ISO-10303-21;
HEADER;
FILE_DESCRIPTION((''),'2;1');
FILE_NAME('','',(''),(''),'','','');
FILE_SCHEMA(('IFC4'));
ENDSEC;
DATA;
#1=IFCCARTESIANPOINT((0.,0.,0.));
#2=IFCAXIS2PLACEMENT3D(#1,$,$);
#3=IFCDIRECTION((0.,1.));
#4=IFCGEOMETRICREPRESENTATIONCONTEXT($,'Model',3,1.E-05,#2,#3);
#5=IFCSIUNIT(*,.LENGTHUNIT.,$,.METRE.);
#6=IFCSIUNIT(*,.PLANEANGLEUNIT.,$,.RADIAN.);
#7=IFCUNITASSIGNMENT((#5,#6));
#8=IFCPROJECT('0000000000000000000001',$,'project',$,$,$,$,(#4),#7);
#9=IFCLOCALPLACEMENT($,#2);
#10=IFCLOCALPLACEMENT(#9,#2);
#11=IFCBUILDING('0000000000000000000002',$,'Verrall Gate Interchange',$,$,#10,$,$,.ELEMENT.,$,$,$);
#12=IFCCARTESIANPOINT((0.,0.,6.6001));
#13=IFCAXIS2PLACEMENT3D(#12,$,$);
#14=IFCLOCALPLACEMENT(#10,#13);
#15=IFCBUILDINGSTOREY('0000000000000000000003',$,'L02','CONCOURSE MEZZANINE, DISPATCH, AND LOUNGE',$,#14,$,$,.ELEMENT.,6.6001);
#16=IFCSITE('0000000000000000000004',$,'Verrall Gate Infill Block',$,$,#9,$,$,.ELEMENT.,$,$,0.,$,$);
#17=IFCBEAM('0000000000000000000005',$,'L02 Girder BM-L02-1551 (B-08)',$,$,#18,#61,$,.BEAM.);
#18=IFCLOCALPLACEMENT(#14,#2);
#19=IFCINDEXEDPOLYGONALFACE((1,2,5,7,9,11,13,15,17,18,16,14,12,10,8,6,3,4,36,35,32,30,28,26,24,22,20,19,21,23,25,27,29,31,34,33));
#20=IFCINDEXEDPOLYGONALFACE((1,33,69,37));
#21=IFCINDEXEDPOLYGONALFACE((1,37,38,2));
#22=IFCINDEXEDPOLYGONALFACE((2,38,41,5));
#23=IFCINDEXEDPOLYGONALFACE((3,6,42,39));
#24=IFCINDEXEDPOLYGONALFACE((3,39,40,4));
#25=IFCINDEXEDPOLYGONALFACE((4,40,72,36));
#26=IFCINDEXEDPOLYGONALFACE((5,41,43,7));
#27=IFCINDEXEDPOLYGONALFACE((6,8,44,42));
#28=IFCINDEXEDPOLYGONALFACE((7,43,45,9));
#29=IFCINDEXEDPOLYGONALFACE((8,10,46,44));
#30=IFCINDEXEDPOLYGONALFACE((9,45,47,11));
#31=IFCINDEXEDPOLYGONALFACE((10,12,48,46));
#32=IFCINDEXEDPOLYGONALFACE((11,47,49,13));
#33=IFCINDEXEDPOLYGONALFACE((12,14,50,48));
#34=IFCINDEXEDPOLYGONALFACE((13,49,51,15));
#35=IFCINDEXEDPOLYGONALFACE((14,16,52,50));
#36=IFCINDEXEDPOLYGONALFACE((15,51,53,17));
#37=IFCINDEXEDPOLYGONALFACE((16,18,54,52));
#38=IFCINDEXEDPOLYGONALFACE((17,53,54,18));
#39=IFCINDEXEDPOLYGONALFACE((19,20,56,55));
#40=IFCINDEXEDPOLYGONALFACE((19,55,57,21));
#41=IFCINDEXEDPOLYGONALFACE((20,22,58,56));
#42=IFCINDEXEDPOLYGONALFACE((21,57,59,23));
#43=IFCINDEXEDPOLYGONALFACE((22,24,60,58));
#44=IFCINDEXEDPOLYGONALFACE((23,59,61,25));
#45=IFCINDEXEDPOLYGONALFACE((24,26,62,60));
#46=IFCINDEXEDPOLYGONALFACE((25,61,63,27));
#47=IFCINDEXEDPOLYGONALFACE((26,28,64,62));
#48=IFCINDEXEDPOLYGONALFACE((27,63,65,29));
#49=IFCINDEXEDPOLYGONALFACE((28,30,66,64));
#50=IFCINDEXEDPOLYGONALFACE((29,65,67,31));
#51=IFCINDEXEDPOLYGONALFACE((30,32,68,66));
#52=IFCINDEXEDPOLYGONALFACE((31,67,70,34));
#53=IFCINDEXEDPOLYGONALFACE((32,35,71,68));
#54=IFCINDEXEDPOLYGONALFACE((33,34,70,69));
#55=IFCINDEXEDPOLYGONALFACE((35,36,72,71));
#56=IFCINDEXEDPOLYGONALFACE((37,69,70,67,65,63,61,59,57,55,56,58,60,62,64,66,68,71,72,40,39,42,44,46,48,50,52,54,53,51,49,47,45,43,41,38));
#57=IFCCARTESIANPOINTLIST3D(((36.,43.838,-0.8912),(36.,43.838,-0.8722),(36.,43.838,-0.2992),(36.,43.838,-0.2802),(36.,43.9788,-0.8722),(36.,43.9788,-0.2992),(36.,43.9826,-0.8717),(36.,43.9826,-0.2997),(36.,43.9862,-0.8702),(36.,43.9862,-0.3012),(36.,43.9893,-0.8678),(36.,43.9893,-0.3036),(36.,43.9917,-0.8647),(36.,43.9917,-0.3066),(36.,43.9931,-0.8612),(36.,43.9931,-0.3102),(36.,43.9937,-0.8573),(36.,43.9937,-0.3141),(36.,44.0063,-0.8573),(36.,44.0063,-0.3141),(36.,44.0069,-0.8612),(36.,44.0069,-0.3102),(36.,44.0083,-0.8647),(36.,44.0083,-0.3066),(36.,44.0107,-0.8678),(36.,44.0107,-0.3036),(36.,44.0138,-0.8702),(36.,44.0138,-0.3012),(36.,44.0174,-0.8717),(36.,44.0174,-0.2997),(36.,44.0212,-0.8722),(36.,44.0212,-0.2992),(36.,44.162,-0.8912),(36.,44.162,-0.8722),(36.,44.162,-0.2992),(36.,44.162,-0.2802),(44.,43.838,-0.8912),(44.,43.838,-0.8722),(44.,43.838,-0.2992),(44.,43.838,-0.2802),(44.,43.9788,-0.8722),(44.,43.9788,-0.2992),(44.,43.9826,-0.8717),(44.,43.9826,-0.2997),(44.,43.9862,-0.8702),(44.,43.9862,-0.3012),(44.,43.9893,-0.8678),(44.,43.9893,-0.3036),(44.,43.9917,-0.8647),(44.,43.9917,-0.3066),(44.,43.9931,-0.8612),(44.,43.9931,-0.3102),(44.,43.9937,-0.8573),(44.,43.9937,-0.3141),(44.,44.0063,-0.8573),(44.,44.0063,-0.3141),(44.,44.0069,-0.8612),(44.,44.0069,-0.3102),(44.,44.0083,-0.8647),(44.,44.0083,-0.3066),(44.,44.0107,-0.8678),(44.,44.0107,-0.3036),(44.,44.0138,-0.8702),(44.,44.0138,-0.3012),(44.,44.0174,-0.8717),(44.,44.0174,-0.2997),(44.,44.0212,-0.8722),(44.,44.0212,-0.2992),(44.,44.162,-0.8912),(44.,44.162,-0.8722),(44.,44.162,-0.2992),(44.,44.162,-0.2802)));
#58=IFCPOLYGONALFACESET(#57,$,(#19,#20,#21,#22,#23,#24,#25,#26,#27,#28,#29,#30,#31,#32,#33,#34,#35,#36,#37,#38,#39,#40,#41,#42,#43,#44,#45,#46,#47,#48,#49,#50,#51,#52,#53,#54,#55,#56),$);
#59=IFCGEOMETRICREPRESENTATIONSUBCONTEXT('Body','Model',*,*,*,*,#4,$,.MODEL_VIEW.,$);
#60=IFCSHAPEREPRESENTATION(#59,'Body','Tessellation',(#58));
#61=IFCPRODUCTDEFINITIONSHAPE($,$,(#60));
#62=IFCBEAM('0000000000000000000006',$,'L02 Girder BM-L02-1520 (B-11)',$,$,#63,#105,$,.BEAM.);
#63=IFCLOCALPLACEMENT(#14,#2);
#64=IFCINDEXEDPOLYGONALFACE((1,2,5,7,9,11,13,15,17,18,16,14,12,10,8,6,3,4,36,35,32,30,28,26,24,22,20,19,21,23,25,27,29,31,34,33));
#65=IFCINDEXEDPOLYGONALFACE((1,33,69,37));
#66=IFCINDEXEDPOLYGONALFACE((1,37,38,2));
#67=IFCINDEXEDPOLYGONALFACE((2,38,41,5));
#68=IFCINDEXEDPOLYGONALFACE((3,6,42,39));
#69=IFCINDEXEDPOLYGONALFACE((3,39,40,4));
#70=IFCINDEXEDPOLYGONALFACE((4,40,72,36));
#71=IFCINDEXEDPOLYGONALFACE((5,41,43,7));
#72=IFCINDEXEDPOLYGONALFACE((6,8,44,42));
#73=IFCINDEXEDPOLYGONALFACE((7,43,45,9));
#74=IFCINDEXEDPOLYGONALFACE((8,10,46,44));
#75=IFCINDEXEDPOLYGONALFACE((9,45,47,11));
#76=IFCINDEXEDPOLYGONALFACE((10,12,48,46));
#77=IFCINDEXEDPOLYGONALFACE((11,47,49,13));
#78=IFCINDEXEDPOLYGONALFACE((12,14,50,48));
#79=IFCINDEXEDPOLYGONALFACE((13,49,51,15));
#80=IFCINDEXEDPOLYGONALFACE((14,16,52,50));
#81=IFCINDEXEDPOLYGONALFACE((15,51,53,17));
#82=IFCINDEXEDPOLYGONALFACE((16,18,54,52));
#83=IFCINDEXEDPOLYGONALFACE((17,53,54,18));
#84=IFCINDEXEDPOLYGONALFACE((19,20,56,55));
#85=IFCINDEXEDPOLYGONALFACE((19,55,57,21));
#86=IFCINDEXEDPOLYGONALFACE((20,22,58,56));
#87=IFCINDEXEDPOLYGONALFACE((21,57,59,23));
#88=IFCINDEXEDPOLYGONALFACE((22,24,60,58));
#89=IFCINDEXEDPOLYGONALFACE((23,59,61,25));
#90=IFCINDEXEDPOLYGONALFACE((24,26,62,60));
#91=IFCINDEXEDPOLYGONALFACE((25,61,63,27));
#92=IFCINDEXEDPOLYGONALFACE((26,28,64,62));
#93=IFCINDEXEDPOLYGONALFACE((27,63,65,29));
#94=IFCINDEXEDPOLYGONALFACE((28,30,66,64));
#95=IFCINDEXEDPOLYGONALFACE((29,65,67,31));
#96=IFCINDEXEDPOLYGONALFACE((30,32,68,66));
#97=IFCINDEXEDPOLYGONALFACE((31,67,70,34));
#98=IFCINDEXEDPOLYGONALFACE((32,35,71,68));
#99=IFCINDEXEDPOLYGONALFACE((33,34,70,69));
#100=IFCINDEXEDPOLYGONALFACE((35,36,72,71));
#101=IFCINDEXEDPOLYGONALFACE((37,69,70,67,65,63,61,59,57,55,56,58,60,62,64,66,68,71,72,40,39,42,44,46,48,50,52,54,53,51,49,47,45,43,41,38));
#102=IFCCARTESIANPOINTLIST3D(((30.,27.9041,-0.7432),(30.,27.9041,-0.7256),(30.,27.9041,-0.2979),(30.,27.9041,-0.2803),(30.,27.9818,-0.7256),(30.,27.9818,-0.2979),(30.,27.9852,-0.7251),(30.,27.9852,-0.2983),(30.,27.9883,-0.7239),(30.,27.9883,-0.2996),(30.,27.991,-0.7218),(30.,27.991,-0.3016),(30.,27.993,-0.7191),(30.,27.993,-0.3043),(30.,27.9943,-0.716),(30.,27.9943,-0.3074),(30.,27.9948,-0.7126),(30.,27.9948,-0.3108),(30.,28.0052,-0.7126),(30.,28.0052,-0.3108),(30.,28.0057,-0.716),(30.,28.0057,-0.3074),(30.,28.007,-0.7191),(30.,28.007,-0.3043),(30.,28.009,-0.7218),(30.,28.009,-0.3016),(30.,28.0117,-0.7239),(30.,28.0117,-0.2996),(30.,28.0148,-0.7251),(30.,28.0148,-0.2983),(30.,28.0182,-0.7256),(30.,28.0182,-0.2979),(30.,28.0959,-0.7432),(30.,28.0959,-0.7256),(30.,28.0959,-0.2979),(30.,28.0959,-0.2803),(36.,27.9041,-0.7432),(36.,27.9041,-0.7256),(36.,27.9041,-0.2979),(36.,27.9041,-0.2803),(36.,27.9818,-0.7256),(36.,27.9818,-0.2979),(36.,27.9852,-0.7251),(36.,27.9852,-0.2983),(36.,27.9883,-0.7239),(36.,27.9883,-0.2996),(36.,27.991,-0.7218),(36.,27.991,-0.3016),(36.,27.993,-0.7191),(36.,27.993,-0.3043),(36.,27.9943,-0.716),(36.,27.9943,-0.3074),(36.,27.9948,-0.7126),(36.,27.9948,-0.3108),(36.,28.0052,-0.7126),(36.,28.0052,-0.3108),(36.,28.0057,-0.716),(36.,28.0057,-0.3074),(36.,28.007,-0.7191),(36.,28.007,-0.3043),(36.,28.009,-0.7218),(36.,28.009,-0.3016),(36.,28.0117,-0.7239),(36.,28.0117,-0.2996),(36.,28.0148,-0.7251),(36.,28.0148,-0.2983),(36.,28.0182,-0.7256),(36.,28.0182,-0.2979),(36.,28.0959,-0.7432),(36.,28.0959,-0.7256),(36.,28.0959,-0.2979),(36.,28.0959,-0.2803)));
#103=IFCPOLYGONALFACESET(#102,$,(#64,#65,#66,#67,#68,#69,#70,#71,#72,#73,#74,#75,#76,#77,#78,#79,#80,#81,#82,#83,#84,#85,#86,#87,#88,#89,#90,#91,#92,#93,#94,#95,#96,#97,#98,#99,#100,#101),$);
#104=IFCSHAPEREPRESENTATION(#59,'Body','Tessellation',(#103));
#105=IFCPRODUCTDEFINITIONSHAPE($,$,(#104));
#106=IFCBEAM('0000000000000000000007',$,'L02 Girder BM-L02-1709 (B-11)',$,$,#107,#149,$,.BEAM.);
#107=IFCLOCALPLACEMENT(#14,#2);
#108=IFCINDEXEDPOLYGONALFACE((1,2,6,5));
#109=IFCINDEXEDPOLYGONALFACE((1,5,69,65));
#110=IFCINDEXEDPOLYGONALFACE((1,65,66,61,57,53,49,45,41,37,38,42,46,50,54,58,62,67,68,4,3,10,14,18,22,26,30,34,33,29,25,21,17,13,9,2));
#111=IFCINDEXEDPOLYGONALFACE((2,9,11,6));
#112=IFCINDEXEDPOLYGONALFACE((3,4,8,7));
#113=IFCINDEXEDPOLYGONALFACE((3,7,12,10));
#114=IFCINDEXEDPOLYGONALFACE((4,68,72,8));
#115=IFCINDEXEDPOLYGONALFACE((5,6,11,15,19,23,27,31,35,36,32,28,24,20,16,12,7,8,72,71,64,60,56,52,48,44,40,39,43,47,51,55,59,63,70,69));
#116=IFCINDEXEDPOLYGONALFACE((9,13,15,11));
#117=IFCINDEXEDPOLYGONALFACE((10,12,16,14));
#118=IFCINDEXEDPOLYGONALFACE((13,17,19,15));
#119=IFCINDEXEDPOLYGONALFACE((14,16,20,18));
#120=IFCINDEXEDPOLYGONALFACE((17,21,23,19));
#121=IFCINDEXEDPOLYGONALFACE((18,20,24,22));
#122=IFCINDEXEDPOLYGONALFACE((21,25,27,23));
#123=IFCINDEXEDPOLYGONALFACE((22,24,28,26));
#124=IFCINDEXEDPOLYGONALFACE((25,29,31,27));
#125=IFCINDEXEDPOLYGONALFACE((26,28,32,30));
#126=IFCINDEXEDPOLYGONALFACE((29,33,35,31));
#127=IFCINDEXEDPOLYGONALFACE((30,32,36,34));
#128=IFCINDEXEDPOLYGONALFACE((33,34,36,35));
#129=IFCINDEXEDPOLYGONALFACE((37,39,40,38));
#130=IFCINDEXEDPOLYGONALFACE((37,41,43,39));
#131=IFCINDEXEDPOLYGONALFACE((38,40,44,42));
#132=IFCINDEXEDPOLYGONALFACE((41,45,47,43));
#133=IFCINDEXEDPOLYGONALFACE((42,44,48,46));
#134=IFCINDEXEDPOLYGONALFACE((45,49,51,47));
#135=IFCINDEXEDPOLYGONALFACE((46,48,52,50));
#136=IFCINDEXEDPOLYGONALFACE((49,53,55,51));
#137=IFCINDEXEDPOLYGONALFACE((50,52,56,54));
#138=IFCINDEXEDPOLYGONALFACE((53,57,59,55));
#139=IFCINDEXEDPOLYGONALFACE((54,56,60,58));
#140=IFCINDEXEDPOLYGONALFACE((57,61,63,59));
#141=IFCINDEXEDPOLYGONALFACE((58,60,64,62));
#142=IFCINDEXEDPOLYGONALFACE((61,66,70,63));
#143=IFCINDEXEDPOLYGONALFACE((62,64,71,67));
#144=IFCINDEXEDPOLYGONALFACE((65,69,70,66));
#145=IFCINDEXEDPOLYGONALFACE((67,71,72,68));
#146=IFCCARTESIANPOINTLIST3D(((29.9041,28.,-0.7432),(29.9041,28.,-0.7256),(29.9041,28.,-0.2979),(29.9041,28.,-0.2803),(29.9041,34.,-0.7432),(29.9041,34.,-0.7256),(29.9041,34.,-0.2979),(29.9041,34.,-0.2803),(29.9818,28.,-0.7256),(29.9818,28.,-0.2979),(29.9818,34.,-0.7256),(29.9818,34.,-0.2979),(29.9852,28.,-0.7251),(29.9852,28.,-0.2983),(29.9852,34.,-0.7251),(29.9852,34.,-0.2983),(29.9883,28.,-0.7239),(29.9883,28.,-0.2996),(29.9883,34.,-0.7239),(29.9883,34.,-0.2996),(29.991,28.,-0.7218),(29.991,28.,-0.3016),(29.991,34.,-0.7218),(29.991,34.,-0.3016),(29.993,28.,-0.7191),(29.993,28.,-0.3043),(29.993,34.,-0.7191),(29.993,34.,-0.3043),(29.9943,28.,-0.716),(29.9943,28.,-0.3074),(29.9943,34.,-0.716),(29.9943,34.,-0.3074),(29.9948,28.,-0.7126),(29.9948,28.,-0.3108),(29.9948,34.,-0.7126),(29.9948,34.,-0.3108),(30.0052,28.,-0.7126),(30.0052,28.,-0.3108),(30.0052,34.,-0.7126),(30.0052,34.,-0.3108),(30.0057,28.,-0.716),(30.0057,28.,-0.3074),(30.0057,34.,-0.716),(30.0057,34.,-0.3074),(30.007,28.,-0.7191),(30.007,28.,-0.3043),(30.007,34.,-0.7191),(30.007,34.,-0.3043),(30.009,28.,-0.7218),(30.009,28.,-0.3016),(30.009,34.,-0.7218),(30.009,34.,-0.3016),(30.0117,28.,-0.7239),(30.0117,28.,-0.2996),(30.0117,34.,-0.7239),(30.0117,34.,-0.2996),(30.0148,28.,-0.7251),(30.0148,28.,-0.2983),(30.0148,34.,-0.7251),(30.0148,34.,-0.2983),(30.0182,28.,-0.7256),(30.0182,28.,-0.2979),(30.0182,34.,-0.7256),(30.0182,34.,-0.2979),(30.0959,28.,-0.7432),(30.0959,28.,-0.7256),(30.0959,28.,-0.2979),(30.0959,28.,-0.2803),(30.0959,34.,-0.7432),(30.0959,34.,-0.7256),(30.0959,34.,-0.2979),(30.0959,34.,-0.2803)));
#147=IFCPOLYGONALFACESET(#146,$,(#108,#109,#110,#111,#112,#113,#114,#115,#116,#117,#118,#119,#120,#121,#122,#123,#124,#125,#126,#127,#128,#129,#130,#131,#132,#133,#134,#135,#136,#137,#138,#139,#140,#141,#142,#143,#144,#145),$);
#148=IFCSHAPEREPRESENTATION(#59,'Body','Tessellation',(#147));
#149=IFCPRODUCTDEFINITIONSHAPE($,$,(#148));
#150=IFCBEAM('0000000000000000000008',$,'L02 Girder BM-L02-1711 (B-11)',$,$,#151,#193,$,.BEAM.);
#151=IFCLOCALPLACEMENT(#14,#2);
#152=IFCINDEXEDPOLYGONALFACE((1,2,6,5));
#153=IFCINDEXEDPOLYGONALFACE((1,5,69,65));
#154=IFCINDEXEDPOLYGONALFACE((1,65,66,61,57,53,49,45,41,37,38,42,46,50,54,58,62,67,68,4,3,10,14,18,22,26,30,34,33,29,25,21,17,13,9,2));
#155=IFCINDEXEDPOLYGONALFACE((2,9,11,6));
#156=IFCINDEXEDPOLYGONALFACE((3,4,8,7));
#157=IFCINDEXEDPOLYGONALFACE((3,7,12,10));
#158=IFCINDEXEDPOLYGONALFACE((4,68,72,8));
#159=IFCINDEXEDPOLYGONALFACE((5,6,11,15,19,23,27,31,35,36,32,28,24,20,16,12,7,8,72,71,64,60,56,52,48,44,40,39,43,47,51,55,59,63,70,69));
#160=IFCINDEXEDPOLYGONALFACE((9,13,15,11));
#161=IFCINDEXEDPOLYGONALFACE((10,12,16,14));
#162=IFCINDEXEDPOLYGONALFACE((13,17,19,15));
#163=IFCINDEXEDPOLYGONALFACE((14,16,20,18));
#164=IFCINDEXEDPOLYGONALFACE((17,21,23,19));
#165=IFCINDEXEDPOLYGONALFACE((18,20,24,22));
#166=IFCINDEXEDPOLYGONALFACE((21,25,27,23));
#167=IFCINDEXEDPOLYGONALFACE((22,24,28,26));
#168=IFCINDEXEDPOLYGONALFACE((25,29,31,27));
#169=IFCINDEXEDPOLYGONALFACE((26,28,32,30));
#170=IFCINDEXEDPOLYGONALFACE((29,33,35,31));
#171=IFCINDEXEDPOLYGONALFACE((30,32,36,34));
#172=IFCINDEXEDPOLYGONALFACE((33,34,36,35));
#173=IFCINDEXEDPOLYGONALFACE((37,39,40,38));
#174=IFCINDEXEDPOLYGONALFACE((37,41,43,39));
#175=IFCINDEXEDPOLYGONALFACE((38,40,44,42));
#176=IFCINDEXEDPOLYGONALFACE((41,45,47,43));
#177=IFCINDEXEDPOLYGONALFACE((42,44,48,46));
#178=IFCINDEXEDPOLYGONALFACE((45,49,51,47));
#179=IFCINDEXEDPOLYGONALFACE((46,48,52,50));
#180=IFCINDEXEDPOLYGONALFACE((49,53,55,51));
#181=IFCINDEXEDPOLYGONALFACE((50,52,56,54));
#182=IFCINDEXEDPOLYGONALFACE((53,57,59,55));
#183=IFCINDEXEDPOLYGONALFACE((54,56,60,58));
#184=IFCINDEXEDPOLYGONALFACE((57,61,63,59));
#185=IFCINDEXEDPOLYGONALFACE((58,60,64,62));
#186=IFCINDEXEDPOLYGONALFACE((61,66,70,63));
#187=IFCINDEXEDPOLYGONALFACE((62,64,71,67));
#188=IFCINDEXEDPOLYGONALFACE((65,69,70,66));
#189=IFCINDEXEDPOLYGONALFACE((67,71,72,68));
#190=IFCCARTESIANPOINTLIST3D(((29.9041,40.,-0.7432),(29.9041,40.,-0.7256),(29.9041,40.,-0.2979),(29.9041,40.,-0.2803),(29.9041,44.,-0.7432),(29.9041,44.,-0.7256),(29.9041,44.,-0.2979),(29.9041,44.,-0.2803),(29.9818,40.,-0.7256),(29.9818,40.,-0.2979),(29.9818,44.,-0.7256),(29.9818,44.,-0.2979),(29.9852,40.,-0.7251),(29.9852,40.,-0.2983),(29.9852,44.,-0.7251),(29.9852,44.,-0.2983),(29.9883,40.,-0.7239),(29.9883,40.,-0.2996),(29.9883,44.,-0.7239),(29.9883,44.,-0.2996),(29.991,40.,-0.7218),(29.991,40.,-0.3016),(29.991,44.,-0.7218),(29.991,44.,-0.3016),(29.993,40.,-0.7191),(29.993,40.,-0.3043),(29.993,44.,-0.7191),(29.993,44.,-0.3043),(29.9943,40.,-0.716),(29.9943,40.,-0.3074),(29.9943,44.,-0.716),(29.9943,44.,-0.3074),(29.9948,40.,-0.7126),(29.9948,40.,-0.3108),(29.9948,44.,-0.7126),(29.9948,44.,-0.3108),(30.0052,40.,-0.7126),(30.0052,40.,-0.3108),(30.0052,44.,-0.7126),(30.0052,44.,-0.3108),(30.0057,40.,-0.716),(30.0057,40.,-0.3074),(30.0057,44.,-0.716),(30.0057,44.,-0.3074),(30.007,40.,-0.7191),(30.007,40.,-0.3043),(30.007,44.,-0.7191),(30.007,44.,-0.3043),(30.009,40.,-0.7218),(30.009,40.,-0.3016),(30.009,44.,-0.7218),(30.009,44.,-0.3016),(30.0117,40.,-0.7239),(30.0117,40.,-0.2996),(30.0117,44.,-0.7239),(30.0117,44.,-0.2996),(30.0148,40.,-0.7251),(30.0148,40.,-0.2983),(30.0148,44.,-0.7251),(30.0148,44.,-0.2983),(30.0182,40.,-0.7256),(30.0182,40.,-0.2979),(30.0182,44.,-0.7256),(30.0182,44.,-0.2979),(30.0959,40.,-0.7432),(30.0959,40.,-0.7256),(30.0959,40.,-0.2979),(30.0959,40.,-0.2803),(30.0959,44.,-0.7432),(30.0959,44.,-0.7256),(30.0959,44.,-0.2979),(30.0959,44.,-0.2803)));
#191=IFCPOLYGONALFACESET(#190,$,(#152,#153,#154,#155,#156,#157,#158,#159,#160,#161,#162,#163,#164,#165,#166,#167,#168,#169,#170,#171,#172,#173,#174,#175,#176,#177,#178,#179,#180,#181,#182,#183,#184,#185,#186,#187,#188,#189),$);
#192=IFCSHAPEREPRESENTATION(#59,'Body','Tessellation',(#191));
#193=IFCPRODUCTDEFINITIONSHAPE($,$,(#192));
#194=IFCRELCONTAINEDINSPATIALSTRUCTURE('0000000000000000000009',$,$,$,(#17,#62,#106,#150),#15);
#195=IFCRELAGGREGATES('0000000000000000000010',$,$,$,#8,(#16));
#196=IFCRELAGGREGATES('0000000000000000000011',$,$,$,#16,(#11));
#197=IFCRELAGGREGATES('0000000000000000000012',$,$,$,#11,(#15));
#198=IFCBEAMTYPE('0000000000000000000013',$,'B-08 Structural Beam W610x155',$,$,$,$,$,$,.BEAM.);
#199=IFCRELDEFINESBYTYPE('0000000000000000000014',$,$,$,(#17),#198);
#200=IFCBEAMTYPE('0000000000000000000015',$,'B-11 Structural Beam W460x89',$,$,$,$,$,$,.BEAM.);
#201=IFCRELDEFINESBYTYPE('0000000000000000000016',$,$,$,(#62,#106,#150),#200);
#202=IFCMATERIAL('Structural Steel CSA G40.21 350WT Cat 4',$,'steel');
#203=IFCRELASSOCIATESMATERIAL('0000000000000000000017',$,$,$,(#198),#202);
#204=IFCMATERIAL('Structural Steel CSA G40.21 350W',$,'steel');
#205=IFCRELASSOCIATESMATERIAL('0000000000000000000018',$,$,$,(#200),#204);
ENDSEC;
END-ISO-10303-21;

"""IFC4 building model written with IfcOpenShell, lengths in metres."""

from ifc_helpers import new_model, si_unit, direction, frame, origin, origin_2d, place, context, subcontext, project, spatial, i_section, extrude, material, material_profile, profile_set, type_object, element, save


model = new_model("IFC4")

# Units and contexts
model_context = context("Model", 3, precision=1e-05, world=origin(), true_north=direction((0.0, 1.0)))
body_context = subcontext(model_context, "Body", "Model", "MODEL_VIEW")
ifc_project = project(units=[si_unit("LENGTHUNIT", "METRE"), si_unit("PLANEANGLEUNIT", "RADIAN")], contexts=[model_context])

# Site, building, storey
site_placement = place(None, origin())
site = spatial("IfcSite", under=ifc_project, at=site_placement, Name="Verrall Gate Infill Block", CompositionType="ELEMENT", RefElevation=0.0)
building_placement = place(site_placement, origin())
building = spatial("IfcBuilding", under=site, at=building_placement, Name="Verrall Gate Interchange", CompositionType="ELEMENT")
storey_placement = place(building_placement, frame((0.0, 0.0, 6.6001)))
storey = spatial("IfcBuildingStorey", under=building, at=storey_placement, Name="L02", Description="CONCOURSE MEZZANINE, DISPATCH, AND LOUNGE", CompositionType="ELEMENT", Elevation=6.6001)

# Beams
ifc_material_1 = material(Name="Structural Steel CSA G40.21 350WT Cat 4", Category="steel")
ifc_material_profile_1 = material_profile(ifc_material_1, i_section(OverallWidth=0.324, OverallDepth=0.6111, WebThickness=0.0127, FlangeThickness=0.019, FilletRadius=0.0149, at=origin_2d()), Name="W610x155")
ifc_profile_set_1 = profile_set([ifc_material_profile_1], Name="Structural Steel CSA G40.21 350WT Cat 4")
beam_type_1 = type_object("IfcBeamType", Name="B-08 Structural Beam W610x155", PredefinedType="BEAM", material=ifc_profile_set_1)
beam_1_placement = place(storey_placement, frame((36.0, 44.0, -0.5857), z_axis=(1.0, 0.0, 0.0), x_axis=(0.0, 1.0, 0.0)))
element("IfcBeam", 1, at=beam_1_placement, inside=storey, type_object=beam_type_1, Name="L02 Girder BM-L02-1551 (B-08)", PredefinedType="BEAM", context=body_context, shape_type="SweptSolid", body=[
    extrude(i_section(OverallWidth=0.324, OverallDepth=0.6111, WebThickness=0.0127, FlangeThickness=0.019, FilletRadius=0.0149, at=origin_2d()), origin(), (0.0, 0.0, 1.0), 8.0),
])
ifc_material_2 = material(Name="Structural Steel CSA G40.21 350W", Category="steel")
ifc_material_profile_2 = material_profile(ifc_material_2, i_section(OverallWidth=0.1919, OverallDepth=0.4629, WebThickness=0.0105, FlangeThickness=0.0176, FilletRadius=0.0129, at=origin_2d()), Name="W460x89")
ifc_profile_set_2 = profile_set([ifc_material_profile_2], Name="Structural Steel CSA G40.21 350W")
beam_type_2 = type_object("IfcBeamType", Name="B-11 Structural Beam W460x89", PredefinedType="BEAM", material=ifc_profile_set_2)
for number, where, z_axis, x_axis, name in (
    (2, (30.0, 28.0, -0.5117), (1.0, 0.0, 0.0), (0.0, 1.0, 0.0), "L02 Girder BM-L02-1520 (B-11)"),
    (3, (30.0, 28.0, -0.5117), (0.0, 1.0, 0.0), (-1.0, 0.0, 0.0), "L02 Girder BM-L02-1709 (B-11)"),
):
    element("IfcBeam", number, at=place(storey_placement, frame(where, z_axis=z_axis, x_axis=x_axis)), inside=storey, type_object=beam_type_2, Name=name, PredefinedType="BEAM", context=body_context, shape_type="SweptSolid", body=[
        extrude(i_section(OverallWidth=0.1919, OverallDepth=0.4629, WebThickness=0.0105, FlangeThickness=0.0176, FilletRadius=0.0129, at=origin_2d()), origin(), (0.0, 0.0, 1.0), 6.0),
    ])
for number, where, z_axis, x_axis, name in (
    (4, (30.0, 40.0, -0.5117), (0.0, 1.0, 0.0), (-1.0, 0.0, 0.0), "L02 Girder BM-L02-1711 (B-11)"),
):
    element("IfcBeam", number, at=place(storey_placement, frame(where, z_axis=z_axis, x_axis=x_axis)), inside=storey, type_object=beam_type_2, Name=name, PredefinedType="BEAM", context=body_context, shape_type="SweptSolid", body=[
        extrude(i_section(OverallWidth=0.1919, OverallDepth=0.4629, WebThickness=0.0105, FlangeThickness=0.0176, FilletRadius=0.0129, at=origin_2d()), origin(), (0.0, 0.0, 1.0), 4.0),
    ])

save(model, "model.ifc")
